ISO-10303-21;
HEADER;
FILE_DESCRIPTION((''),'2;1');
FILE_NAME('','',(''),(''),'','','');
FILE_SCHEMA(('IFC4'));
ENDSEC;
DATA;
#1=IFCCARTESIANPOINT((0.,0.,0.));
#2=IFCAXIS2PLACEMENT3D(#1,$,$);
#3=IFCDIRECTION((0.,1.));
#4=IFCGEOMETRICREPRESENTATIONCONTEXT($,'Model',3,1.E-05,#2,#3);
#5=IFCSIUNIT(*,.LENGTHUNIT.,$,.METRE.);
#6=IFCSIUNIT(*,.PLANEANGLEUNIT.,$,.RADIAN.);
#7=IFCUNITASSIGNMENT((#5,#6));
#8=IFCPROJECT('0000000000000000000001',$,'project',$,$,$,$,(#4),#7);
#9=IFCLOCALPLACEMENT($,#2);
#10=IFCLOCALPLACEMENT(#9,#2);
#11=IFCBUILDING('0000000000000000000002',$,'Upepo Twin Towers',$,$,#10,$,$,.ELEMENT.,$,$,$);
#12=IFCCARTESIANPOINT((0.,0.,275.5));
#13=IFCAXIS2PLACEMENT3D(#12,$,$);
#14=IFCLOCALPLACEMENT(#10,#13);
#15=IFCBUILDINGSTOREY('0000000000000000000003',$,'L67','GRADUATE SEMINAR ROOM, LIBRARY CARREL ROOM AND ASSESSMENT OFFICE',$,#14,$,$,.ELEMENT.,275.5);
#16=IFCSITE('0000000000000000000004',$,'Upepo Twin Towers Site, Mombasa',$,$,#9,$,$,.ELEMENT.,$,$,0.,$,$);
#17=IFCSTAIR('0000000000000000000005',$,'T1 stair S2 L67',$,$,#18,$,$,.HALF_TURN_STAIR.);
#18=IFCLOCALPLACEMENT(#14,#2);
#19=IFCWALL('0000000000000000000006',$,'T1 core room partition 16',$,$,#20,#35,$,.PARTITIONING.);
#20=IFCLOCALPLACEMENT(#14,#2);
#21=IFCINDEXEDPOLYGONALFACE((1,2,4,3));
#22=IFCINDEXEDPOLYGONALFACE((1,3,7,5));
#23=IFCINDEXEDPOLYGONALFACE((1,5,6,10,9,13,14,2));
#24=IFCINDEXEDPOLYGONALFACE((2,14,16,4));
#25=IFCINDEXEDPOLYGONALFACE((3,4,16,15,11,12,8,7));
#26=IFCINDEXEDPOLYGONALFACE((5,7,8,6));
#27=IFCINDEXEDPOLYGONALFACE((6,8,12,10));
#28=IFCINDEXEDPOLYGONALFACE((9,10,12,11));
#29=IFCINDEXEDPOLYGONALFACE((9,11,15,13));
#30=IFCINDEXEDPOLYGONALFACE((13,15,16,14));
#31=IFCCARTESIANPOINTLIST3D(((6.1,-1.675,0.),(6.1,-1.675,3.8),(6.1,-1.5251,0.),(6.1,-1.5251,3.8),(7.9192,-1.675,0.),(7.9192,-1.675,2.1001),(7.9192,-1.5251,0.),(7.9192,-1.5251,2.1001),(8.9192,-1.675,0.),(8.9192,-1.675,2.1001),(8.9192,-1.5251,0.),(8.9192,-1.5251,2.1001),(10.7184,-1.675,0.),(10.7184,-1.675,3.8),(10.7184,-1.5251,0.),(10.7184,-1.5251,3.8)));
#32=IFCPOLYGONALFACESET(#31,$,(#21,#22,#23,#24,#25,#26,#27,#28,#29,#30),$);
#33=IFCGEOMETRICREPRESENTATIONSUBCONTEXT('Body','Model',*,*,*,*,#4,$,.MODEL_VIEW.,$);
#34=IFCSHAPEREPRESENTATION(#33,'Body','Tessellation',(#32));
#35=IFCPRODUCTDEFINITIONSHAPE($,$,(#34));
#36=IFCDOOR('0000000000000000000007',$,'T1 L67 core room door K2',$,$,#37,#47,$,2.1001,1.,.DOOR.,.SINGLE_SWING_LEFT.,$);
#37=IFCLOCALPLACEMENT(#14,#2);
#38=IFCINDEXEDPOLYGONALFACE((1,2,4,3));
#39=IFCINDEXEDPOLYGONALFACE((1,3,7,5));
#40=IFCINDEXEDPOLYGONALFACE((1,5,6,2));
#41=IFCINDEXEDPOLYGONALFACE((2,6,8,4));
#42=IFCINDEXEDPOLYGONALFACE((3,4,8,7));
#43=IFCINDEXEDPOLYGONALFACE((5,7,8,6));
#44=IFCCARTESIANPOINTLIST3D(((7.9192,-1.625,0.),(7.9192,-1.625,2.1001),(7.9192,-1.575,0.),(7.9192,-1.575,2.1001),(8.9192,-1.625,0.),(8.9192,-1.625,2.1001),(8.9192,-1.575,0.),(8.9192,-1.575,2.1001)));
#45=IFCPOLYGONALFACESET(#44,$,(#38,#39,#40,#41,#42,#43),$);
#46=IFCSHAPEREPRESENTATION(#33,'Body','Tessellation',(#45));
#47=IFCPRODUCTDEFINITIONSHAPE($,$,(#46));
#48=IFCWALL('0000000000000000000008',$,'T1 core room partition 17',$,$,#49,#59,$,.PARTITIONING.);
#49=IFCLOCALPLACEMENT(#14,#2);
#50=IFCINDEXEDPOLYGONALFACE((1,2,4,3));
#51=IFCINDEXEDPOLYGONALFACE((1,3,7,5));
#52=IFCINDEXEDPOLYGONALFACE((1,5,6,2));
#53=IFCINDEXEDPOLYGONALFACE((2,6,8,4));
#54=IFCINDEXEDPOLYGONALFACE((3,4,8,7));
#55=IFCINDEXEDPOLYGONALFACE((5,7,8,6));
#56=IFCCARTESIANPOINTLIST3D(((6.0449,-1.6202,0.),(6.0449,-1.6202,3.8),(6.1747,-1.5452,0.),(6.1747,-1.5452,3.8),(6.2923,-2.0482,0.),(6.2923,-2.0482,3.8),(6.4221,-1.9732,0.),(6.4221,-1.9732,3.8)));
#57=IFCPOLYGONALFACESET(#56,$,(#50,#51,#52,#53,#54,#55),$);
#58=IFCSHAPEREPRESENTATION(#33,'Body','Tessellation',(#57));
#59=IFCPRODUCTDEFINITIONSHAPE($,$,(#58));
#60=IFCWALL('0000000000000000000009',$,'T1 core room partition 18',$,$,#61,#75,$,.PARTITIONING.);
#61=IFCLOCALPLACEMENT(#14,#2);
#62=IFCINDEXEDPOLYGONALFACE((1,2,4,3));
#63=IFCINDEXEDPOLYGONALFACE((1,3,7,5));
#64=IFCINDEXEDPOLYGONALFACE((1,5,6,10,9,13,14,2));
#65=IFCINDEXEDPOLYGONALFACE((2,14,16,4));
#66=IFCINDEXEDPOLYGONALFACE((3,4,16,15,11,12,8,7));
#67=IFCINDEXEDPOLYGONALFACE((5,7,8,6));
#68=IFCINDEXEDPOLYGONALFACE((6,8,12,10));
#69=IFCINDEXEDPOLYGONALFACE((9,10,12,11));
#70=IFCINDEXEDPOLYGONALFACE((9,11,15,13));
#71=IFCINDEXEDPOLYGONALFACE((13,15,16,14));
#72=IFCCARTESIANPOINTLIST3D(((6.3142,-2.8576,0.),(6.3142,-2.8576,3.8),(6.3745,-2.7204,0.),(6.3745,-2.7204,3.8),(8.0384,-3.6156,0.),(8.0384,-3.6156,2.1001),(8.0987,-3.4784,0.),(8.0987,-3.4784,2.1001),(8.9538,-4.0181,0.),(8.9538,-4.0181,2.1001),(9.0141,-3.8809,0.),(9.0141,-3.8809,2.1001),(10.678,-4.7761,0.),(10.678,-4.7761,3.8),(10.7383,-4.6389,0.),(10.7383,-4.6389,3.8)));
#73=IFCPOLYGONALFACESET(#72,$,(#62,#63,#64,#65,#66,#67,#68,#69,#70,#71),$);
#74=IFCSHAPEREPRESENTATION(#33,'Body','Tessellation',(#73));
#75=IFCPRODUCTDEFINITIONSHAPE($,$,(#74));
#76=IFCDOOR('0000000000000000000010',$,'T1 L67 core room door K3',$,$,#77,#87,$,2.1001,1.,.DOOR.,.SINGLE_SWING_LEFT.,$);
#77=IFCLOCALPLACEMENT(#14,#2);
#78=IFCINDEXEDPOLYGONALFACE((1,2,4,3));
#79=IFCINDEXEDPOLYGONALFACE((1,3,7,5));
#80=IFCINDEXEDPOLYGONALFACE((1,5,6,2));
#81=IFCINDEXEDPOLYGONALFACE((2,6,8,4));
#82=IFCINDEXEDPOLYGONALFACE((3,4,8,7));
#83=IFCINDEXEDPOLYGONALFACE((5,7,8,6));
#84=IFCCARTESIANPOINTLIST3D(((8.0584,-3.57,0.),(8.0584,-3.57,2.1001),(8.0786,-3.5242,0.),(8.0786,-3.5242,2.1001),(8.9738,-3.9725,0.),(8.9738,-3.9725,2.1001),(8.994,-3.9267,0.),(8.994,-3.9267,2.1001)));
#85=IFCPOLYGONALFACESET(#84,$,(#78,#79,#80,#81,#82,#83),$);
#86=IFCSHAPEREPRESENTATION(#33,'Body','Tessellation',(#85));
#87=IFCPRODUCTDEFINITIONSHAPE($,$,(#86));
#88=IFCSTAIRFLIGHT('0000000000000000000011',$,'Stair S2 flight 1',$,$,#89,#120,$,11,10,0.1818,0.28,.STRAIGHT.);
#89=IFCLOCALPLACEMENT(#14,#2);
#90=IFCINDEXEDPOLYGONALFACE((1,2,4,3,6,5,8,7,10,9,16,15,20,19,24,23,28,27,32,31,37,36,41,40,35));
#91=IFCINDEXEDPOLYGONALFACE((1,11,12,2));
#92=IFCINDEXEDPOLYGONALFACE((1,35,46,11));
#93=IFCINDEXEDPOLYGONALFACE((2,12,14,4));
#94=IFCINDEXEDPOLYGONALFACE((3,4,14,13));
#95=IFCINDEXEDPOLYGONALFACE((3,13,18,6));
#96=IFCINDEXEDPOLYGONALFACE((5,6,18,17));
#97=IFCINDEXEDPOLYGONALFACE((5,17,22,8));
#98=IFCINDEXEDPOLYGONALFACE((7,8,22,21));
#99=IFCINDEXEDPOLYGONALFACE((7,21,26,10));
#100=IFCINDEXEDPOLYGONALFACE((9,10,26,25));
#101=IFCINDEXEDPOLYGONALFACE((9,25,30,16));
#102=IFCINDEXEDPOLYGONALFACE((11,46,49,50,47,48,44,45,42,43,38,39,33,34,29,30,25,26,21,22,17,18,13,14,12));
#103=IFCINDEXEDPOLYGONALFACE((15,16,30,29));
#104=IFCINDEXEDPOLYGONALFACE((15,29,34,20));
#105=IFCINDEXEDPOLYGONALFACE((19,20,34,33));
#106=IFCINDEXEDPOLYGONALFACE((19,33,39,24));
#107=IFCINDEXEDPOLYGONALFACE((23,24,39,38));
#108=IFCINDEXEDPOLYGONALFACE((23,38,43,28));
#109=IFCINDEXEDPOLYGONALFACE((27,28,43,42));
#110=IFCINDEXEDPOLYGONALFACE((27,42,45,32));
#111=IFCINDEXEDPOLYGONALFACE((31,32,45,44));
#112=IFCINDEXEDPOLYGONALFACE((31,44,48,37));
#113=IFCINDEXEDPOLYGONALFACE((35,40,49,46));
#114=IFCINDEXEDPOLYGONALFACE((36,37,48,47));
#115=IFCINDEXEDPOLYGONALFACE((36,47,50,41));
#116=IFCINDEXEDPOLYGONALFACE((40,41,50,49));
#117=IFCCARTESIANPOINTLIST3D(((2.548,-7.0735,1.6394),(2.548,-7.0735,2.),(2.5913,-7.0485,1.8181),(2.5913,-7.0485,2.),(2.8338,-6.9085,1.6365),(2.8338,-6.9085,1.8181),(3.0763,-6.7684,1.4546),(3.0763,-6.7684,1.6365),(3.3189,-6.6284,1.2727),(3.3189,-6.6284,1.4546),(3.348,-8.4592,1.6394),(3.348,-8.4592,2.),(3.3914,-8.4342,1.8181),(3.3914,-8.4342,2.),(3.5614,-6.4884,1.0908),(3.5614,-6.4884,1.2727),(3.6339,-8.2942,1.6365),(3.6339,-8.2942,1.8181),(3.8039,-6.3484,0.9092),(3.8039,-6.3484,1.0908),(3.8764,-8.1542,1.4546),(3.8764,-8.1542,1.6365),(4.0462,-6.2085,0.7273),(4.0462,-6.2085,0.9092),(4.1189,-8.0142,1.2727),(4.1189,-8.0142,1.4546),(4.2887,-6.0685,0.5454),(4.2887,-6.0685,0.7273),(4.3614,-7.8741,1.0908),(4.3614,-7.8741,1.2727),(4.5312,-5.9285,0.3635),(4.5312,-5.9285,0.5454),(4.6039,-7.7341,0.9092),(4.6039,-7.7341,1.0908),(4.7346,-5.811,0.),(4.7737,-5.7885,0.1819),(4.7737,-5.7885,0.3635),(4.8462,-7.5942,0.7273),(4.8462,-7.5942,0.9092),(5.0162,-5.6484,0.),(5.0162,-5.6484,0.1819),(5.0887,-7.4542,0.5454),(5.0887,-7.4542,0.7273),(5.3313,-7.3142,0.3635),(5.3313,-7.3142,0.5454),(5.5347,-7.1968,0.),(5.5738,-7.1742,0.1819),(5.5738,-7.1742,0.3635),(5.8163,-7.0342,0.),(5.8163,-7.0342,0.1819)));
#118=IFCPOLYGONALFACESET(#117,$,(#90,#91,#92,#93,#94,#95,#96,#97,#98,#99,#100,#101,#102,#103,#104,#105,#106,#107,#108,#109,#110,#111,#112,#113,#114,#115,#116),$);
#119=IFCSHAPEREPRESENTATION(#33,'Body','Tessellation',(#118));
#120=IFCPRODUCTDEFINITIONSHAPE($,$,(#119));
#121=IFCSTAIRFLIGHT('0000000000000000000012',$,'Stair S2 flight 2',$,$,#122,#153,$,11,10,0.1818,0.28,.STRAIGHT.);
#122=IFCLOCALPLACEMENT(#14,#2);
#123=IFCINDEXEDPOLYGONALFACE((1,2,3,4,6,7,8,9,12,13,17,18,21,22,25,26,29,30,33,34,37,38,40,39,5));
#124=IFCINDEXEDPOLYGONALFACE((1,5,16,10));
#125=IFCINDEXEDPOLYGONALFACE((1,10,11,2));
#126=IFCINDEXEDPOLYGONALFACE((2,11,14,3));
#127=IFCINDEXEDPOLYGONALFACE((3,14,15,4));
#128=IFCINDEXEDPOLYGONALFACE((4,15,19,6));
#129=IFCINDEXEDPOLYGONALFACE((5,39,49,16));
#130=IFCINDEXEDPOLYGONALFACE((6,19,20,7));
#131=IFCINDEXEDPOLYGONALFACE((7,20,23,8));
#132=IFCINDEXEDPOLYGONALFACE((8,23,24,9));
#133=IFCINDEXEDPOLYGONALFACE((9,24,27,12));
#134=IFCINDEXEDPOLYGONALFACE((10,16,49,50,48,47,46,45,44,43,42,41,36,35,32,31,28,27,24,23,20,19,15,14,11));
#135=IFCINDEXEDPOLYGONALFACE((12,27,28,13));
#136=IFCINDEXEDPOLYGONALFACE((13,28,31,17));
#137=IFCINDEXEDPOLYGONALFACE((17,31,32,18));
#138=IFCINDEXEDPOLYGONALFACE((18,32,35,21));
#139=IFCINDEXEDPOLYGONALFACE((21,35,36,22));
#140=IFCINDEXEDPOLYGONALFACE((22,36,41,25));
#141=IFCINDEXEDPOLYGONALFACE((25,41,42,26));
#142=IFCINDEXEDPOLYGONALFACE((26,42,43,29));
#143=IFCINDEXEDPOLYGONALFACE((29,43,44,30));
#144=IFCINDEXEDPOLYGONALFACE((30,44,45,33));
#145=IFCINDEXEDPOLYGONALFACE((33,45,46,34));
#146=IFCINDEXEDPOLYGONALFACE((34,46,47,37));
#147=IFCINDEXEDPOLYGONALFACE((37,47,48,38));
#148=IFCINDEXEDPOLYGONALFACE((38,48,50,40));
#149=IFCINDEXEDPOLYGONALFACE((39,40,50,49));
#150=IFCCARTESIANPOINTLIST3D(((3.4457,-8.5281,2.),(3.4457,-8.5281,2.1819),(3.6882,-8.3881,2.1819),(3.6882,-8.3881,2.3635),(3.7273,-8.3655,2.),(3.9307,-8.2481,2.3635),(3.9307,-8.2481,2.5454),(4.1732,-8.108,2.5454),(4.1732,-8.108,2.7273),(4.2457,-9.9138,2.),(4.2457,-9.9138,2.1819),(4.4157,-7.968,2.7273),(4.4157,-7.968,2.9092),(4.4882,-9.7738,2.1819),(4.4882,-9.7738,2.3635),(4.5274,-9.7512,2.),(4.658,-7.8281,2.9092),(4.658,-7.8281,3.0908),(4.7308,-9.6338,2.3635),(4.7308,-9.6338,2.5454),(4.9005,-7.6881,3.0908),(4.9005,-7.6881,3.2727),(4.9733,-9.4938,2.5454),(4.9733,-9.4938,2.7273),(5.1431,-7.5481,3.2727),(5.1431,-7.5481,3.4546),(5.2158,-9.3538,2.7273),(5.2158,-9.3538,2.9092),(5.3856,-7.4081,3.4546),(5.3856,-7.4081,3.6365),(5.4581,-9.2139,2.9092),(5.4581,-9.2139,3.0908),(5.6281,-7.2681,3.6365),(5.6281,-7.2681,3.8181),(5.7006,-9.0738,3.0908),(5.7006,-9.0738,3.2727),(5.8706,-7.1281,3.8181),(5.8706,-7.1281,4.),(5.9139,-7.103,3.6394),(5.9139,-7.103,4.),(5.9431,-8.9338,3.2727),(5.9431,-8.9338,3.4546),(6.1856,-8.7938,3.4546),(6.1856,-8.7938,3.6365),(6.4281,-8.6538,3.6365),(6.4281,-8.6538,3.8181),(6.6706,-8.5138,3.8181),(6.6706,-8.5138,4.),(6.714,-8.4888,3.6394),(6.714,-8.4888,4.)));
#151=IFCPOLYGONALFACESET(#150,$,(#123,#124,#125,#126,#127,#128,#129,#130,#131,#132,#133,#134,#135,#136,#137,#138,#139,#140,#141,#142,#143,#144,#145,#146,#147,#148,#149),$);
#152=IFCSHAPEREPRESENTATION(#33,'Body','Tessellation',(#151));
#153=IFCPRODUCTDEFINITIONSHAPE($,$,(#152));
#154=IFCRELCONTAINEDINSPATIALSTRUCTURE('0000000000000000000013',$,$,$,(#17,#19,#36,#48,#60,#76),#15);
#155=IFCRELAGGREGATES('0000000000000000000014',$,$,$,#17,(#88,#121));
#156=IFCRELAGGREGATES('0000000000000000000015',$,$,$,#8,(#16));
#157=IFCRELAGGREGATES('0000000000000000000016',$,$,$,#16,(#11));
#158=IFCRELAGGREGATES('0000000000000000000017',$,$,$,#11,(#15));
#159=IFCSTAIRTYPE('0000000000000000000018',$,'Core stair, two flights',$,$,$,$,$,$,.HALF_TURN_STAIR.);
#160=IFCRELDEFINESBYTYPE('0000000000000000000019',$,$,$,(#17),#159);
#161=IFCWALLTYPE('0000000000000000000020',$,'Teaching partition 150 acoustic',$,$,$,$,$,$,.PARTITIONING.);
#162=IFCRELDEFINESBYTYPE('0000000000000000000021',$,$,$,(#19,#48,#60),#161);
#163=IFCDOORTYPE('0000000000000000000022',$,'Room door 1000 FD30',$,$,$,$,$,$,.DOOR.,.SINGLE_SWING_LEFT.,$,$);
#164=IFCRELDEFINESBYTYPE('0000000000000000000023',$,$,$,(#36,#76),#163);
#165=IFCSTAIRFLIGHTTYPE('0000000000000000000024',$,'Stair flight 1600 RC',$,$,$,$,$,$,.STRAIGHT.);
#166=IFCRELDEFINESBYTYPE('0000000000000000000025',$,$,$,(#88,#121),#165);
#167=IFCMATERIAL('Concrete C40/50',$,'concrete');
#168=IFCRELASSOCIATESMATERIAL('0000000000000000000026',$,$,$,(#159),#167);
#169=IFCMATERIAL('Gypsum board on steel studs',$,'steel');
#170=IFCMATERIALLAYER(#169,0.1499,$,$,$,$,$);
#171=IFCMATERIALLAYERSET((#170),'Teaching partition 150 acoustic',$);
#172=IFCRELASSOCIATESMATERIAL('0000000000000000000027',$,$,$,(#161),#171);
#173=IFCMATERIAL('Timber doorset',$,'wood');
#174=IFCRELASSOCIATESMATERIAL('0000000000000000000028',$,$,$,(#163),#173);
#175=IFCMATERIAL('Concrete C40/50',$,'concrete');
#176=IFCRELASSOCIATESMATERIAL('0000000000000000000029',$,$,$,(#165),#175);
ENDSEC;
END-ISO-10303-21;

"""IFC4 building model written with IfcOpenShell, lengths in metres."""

from ifc_helpers import new_model, si_unit, direction, frame, frame_2d, origin, place, context, subcontext, project, spatial, polyline, rectangle, outline, extrude, material, layer, layer_set, type_object, element, fill, aggregate, save


model = new_model("IFC4")

# Units and contexts
model_context = context("Model", 3, precision=1e-05, world=origin(), true_north=direction((0.0, 1.0)))
body_context = subcontext(model_context, "Body", "Model", "MODEL_VIEW")
ifc_project = project(units=[si_unit("LENGTHUNIT", "METRE"), si_unit("PLANEANGLEUNIT", "RADIAN")], contexts=[model_context])

# Site, building, storey
site_placement = place(None, origin())
site = spatial("IfcSite", under=ifc_project, at=site_placement, Name="Upepo Twin Towers Site, Mombasa", CompositionType="ELEMENT", RefElevation=0.0)
building_placement = place(site_placement, origin())
building = spatial("IfcBuilding", under=site, at=building_placement, Name="Upepo Twin Towers", CompositionType="ELEMENT")
storey_placement = place(building_placement, frame((0.0, 0.0, 275.5)))
storey = spatial("IfcBuildingStorey", under=building, at=storey_placement, Name="L67", Description="GRADUATE SEMINAR ROOM, LIBRARY CARREL ROOM AND ASSESSMENT OFFICE", CompositionType="ELEMENT", Elevation=275.5)

# Stair
ifc_material_1 = material(Name="Concrete C40/50", Category="concrete")
stair_type = type_object("IfcStairType", Name="Core stair, two flights", PredefinedType="HALF_TURN_STAIR", material=ifc_material_1)
stair_1_placement = place(storey_placement, origin())
stair_1 = element("IfcStair", 1, at=stair_1_placement, inside=storey, type_object=stair_type, Name="T1 stair S2 L67", PredefinedType="HALF_TURN_STAIR")

# Shared definitions
ifc_material_2 = material(Name="Gypsum board on steel studs", Category="steel")
ifc_layer_1 = layer(ifc_material_2, 0.1499)
ifc_layer_set_1 = layer_set([ifc_layer_1], Name="Teaching partition 150 acoustic")
wall_type_1 = type_object("IfcWallType", Name="Teaching partition 150 acoustic", PredefinedType="PARTITIONING", material=ifc_layer_set_1)

# Wall, opening, door
wall_1_placement = place(storey_placement, frame((10.7183, -1.6001, 0.0), z_axis=(0.0, 0.0, 1.0), x_axis=(-1.0, 0.0, 0.0)))
wall_1 = element("IfcWall", 2, at=wall_1_placement, inside=storey, type_object=wall_type_1, Name="T1 core room partition 16", PredefinedType="PARTITIONING", context=body_context, shape_type="SweptSolid", body=[
    extrude(rectangle(XDim=4.6184, YDim=0.1499, at=frame_2d((2.3091, 0.0))), origin(), (0.0, 0.0, 1.0), 3.8),
])
opening_1_placement = place(wall_1_placement, frame((1.7991, 0.0, 0.0)))
opening_1 = element("IfcOpeningElement", 3, at=opening_1_placement, cuts=wall_1, PredefinedType="OPENING", context=body_context, shape_type="SweptSolid", body=[
    extrude(rectangle(XDim=1.0, YDim=2.1001, at=frame_2d((0.5, 1.05))), frame((0.0, 0.085, 0.0), z_axis=(0.0, -1.0, 0.0), x_axis=(1.0, 0.0, 0.0)), (0.0, 0.0, 1.0), 0.1699),
])
ifc_material_3 = material(Name="Timber doorset", Category="wood")
door_type_1 = type_object("IfcDoorType", Name="Room door 1000 FD30", OperationType="SINGLE_SWING_LEFT", PredefinedType="DOOR", material=ifc_material_3)
door_1_placement = place(opening_1_placement, origin())
door_1 = element("IfcDoor", 4, at=door_1_placement, inside=storey, type_object=door_type_1, Name="T1 L67 core room door K2", OperationType="SINGLE_SWING_LEFT", OverallHeight=2.1001, OverallWidth=1.0, PredefinedType="DOOR", context=body_context, shape_type="SweptSolid", body=[
    extrude(rectangle(XDim=1.0, YDim=2.1001, at=frame_2d((0.5, 1.05))), frame((0.0, 0.0249, 0.0), z_axis=(0.0, -1.0, 0.0), x_axis=(1.0, 0.0, 0.0)), (0.0, 0.0, 1.0), 0.05),
])
fill(opening_1, door_1)

# Wall
wall_2_placement = place(storey_placement, frame((6.1099, -1.5828, 0.0), z_axis=(0.0, 0.0, 1.0), x_axis=(0.500335, -0.865832, 0.0)))
element("IfcWall", 5, at=wall_2_placement, inside=storey, type_object=wall_type_1, Name="T1 core room partition 17", PredefinedType="PARTITIONING", context=body_context, shape_type="SweptSolid", body=[
    extrude(rectangle(XDim=0.4944, YDim=0.1499, at=frame_2d((0.2471, 0.0))), origin(), (0.0, 0.0, 1.0), 3.8),
])

# Wall, opening, door
wall_3_placement = place(storey_placement, frame((6.3445, -2.7891, 0.0), z_axis=(0.0, 0.0, 1.0), x_axis=(0.915439, -0.402457, 0.0)))
wall_3 = element("IfcWall", 6, at=wall_3_placement, inside=storey, type_object=wall_type_1, Name="T1 core room partition 18", PredefinedType="PARTITIONING", context=body_context, shape_type="SweptSolid", body=[
    extrude(rectangle(XDim=4.7668, YDim=0.1499, at=frame_2d((2.3833, 0.0))), origin(), (0.0, 0.0, 1.0), 3.8),
])
opening_2_placement = place(wall_3_placement, frame((1.8833, 0.0, 0.0)))
opening_2 = element("IfcOpeningElement", 7, at=opening_2_placement, cuts=wall_3, PredefinedType="OPENING", context=body_context, shape_type="SweptSolid", body=[
    extrude(rectangle(XDim=1.0, YDim=2.1001, at=frame_2d((0.5, 1.05))), frame((0.0, 0.085, 0.0), z_axis=(0.0, -1.0, 0.0), x_axis=(1.0, 0.0, 0.0)), (0.0, 0.0, 1.0), 0.1699),
])
door_2_placement = place(opening_2_placement, origin())
door_2 = element("IfcDoor", 8, at=door_2_placement, inside=storey, type_object=door_type_1, Name="T1 L67 core room door K3", OperationType="SINGLE_SWING_LEFT", OverallHeight=2.1001, OverallWidth=1.0, PredefinedType="DOOR", context=body_context, shape_type="SweptSolid", body=[
    extrude(rectangle(XDim=1.0, YDim=2.1001, at=frame_2d((0.5, 1.05))), frame((0.0, 0.0249, 0.0), z_axis=(0.0, -1.0, 0.0), x_axis=(1.0, 0.0, 0.0)), (0.0, 0.0, 1.0), 0.05),
])
fill(opening_2, door_2)

# Stair flights
ifc_material_4 = material(Name="Concrete C40/50", Category="concrete")
stair_flight_type = type_object("IfcStairFlightType", Name="Stair flight 1600 RC", PredefinedType="STRAIGHT", material=ifc_material_4)
stair_flight_1_placement = place(storey_placement, frame((5.4163, -6.3413, 0.0), z_axis=(0.0, 0.0, 1.0), x_axis=(-0.866025, -0.5, 0.0)))
stair_flight_1 = element("IfcStairFlight", 9, at=stair_flight_1_placement, type_object=stair_flight_type, Name="Stair S2 flight 1", NumberOfRisers=11, NumberOfTreads=10, PredefinedType="STRAIGHT", RiserHeight=0.1818, TreadLength=0.28, context=body_context, shape_type="SweptSolid", body=[
    extrude(outline(polyline([(0.0, 0.0), (0.0, 0.1819), (0.28, 0.1819), (0.28, 0.3635), (0.5601, 0.3635), (0.5601, 0.5454), (0.8401, 0.5454), (0.8401, 0.7273), (1.1201, 0.7273), (1.1201, 0.9092), (1.3999, 0.9092), (1.3999, 1.0908), (1.6799, 1.0908), (1.6799, 1.2727), (1.96, 1.2727), (1.96, 1.4546), (2.24, 1.4546), (2.24, 1.6365), (2.52, 1.6365), (2.52, 1.8181), (2.8, 1.8181), (2.8, 2.0), (2.8501, 2.0), (2.8501, 1.6394), (0.3252, 0.0), (0.0, 0.0)])), frame((0.0, 0.8, 0.0), z_axis=(0.0, -1.0, 0.0), x_axis=(1.0, 0.0, 0.0)), (0.0, 0.0, 1.0), 1.6001),
])
stair_flight_2_placement = place(storey_placement, frame((3.8457, -9.2209, 2.0), z_axis=(0.0, 0.0, 1.0), x_axis=(0.866025, 0.5, 0.0)))
stair_flight_2 = element("IfcStairFlight", 10, at=stair_flight_2_placement, type_object=stair_flight_type, Name="Stair S2 flight 2", NumberOfRisers=11, NumberOfTreads=10, PredefinedType="STRAIGHT", RiserHeight=0.1818, TreadLength=0.28, context=body_context, shape_type="SweptSolid", body=[
    extrude(outline(polyline([(0.0, 0.0), (0.0, 0.1819), (0.28, 0.1819), (0.28, 0.3635), (0.5601, 0.3635), (0.5601, 0.5454), (0.8401, 0.5454), (0.8401, 0.7273), (1.1201, 0.7273), (1.1201, 0.9092), (1.3999, 0.9092), (1.3999, 1.0908), (1.6799, 1.0908), (1.6799, 1.2727), (1.96, 1.2727), (1.96, 1.4546), (2.24, 1.4546), (2.24, 1.6365), (2.52, 1.6365), (2.52, 1.8181), (2.8, 1.8181), (2.8, 2.0), (2.8501, 2.0), (2.8501, 1.6394), (0.3252, 0.0), (0.0, 0.0)])), frame((0.0, 0.8, 0.0), z_axis=(0.0, -1.0, 0.0), x_axis=(1.0, 0.0, 0.0)), (0.0, 0.0, 1.0), 1.6001),
])
aggregate(stair_1, [stair_flight_1, stair_flight_2])

save(model, "model.ifc")
